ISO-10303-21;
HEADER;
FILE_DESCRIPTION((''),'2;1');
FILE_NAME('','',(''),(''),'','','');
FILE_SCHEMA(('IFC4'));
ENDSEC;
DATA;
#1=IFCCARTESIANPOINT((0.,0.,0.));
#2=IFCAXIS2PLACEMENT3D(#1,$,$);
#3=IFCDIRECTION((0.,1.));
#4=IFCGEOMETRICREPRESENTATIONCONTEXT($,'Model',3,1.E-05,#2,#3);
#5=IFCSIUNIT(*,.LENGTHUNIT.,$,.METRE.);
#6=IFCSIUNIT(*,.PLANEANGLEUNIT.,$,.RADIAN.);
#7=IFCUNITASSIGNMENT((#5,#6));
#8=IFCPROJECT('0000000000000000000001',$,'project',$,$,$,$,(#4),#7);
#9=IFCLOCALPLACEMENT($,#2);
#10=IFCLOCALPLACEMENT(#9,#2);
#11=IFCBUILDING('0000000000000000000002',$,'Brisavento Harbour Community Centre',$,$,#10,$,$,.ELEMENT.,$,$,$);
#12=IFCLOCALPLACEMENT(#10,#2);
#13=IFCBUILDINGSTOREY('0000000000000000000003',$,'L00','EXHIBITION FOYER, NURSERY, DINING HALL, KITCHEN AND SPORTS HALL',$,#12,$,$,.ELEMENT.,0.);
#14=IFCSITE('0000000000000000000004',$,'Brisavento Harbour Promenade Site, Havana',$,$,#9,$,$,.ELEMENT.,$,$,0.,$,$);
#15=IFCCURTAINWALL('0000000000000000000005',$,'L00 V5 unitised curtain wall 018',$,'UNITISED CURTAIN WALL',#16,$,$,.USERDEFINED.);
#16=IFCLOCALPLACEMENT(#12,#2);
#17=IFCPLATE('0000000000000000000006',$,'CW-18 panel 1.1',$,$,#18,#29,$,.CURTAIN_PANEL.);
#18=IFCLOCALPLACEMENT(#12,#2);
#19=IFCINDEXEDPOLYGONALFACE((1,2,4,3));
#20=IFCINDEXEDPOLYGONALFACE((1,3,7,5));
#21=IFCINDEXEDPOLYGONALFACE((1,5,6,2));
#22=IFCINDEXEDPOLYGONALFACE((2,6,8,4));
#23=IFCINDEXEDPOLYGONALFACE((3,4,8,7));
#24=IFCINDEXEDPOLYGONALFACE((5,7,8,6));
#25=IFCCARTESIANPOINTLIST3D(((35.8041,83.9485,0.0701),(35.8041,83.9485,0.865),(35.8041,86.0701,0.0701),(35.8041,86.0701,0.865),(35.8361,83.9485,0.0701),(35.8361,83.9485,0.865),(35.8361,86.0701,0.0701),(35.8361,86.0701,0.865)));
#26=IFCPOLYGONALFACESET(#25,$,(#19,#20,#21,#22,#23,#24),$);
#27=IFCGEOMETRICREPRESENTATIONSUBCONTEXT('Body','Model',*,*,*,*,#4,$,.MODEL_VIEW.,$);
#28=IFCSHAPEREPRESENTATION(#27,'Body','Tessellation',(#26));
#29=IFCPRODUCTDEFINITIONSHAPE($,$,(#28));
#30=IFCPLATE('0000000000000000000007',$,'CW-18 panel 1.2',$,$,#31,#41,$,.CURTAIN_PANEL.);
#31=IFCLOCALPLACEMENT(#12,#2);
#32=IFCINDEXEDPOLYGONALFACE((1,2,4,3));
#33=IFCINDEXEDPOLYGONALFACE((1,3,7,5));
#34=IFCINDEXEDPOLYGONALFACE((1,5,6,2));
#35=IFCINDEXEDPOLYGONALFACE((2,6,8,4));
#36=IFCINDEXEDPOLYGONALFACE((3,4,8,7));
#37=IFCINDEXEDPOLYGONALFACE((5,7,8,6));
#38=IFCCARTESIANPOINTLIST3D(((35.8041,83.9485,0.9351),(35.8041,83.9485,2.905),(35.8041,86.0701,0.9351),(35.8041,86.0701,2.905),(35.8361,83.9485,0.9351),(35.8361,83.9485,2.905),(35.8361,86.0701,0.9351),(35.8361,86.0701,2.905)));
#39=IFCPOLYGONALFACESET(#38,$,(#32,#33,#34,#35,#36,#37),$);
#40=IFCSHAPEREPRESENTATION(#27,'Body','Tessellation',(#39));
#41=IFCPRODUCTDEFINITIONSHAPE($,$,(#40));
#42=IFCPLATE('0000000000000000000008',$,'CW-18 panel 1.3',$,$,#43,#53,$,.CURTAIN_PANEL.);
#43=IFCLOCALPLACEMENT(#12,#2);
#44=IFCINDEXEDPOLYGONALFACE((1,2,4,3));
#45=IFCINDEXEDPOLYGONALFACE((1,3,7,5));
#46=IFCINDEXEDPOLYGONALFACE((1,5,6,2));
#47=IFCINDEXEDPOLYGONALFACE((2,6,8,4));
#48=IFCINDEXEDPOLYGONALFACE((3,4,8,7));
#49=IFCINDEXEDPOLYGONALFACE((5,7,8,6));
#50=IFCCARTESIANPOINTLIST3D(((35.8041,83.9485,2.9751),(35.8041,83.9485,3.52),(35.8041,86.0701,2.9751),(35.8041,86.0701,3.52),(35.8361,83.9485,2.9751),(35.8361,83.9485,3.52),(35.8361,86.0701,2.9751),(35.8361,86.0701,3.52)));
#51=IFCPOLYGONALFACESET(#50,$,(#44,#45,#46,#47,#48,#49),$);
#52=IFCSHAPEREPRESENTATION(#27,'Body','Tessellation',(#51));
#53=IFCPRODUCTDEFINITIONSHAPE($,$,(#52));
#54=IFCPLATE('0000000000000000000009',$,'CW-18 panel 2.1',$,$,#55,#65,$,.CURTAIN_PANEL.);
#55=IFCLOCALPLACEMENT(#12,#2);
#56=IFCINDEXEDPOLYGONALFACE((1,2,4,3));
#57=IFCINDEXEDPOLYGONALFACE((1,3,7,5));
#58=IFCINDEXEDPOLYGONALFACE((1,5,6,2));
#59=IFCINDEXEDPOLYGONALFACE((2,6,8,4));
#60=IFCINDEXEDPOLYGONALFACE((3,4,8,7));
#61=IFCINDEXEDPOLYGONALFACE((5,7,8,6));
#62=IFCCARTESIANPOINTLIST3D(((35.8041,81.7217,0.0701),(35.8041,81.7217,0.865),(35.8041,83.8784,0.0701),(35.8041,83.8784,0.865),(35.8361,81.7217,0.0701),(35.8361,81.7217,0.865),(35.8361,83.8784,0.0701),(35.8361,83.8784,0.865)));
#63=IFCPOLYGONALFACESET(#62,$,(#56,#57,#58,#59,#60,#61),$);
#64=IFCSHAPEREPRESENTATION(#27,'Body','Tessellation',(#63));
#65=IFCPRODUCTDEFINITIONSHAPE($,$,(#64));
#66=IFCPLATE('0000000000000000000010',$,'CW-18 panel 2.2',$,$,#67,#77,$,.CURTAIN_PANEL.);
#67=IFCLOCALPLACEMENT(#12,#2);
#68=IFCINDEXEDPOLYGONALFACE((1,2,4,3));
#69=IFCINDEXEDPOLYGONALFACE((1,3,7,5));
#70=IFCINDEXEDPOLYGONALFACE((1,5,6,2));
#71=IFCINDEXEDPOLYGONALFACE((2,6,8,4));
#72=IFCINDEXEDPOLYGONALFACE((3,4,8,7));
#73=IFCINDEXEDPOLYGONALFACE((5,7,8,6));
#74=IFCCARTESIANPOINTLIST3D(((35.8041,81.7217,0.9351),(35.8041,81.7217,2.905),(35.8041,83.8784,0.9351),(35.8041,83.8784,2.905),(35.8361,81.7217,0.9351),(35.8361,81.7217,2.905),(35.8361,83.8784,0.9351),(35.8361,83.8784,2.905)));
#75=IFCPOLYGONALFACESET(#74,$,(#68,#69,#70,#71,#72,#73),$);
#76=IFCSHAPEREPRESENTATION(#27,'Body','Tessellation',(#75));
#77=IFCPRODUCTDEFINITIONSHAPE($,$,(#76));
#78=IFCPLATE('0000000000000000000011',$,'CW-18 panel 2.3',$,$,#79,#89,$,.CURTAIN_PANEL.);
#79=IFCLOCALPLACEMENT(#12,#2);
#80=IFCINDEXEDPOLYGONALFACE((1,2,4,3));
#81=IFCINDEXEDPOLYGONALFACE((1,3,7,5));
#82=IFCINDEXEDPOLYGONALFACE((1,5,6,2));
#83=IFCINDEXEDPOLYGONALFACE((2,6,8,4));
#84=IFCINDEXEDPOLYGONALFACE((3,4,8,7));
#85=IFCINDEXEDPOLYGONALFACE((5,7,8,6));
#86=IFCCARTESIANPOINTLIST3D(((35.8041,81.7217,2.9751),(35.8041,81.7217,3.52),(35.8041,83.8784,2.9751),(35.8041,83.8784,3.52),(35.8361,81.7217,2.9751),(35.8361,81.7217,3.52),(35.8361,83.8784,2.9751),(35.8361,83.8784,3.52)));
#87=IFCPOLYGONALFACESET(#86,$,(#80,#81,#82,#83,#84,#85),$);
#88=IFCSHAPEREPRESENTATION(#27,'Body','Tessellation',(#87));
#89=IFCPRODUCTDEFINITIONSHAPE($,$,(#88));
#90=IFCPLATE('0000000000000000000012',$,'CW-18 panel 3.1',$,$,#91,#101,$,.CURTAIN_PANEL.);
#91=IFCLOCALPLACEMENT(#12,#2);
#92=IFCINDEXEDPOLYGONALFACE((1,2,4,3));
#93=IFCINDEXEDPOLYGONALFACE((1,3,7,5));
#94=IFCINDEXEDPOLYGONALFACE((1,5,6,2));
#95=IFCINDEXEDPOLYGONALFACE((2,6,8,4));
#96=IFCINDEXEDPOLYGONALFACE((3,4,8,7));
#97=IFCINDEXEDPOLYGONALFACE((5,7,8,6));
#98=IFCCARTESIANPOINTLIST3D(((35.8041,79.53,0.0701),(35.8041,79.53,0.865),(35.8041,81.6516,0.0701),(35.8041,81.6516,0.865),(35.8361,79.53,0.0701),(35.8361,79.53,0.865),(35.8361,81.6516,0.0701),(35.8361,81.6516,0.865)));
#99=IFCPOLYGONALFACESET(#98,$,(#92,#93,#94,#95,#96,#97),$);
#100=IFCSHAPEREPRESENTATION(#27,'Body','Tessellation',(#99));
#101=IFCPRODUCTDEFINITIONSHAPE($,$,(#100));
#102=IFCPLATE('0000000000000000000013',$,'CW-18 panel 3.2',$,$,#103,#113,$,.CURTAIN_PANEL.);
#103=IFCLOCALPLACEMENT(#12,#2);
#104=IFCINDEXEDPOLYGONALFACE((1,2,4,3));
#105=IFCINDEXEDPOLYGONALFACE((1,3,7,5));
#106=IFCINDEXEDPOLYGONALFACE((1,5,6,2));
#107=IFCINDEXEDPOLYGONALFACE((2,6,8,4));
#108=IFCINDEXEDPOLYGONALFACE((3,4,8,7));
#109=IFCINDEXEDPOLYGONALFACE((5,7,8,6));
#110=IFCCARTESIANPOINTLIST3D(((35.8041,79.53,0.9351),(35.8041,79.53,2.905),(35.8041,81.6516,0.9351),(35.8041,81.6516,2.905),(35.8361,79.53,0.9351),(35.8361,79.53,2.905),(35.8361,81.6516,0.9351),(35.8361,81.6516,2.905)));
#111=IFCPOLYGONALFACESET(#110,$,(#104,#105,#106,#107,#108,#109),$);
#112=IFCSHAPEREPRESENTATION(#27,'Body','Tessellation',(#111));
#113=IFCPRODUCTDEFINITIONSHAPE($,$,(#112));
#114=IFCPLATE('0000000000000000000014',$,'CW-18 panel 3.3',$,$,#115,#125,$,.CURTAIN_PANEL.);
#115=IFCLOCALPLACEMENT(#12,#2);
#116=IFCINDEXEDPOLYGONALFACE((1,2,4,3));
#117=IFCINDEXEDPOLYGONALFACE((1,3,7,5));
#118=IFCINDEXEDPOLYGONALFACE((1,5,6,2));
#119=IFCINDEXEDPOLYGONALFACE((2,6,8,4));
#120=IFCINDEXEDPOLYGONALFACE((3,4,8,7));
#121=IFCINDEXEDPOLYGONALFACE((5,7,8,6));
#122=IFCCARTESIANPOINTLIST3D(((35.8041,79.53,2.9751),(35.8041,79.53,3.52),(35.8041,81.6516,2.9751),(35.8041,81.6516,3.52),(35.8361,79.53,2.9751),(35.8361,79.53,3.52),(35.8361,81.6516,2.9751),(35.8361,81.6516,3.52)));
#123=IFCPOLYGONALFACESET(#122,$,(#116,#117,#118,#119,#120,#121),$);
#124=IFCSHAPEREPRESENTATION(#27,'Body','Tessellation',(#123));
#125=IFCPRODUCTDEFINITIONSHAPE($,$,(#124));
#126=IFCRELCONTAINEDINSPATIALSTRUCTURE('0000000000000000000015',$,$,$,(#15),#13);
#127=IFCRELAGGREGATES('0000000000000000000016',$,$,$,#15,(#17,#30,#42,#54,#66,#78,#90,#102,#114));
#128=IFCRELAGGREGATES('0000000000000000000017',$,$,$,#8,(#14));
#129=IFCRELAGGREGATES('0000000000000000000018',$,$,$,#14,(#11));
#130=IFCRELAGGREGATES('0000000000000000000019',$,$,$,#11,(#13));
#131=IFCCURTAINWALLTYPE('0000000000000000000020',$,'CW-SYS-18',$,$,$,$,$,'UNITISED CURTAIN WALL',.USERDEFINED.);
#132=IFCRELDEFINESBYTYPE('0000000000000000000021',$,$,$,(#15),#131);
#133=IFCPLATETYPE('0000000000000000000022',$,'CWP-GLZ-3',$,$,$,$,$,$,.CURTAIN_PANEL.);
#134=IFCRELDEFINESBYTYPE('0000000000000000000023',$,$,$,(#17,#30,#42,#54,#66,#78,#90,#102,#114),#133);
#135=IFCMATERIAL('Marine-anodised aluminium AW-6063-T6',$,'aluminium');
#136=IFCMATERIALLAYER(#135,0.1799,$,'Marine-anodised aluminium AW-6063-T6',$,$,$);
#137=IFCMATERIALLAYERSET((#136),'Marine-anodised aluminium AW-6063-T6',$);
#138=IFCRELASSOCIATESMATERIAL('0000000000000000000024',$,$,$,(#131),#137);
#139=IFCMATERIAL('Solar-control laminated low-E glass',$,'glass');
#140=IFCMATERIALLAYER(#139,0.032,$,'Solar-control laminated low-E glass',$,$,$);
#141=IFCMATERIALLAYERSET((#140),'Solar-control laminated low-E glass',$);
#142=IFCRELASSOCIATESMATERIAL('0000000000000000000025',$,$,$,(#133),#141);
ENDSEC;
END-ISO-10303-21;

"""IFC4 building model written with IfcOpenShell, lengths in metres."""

from ifc_helpers import new_model, si_unit, direction, frame, origin, origin_2d, place, context, subcontext, project, spatial, rectangle, extrude, material, layer, layer_set, type_object, element, aggregate, save


model = new_model("IFC4")

# Units and contexts
model_context = context("Model", 3, precision=1e-05, world=origin(), true_north=direction((0.0, 1.0)))
body_context = subcontext(model_context, "Body", "Model", "MODEL_VIEW")
ifc_project = project(units=[si_unit("LENGTHUNIT", "METRE"), si_unit("PLANEANGLEUNIT", "RADIAN")], contexts=[model_context])

# Site, building, storey
site_placement = place(None, origin())
site = spatial("IfcSite", under=ifc_project, at=site_placement, Name="Brisavento Harbour Promenade Site, Havana", CompositionType="ELEMENT", RefElevation=0.0)
building_placement = place(site_placement, origin())
building = spatial("IfcBuilding", under=site, at=building_placement, Name="Brisavento Harbour Community Centre", CompositionType="ELEMENT")
storey_placement = place(building_placement, origin())
storey = spatial("IfcBuildingStorey", under=building, at=storey_placement, Name="L00", Description="EXHIBITION FOYER, NURSERY, DINING HALL, KITCHEN AND SPORTS HALL", CompositionType="ELEMENT", Elevation=0.0)

# Curtain wall, plates
ifc_material_1 = material(Name="Marine-anodised aluminium AW-6063-T6", Category="aluminium")
ifc_layer_1 = layer(ifc_material_1, 0.1799, Name="Marine-anodised aluminium AW-6063-T6")
ifc_layer_set_1 = layer_set([ifc_layer_1], Name="Marine-anodised aluminium AW-6063-T6")
curtain_wall_type = type_object("IfcCurtainWallType", Name="CW-SYS-18", ElementType="UNITISED CURTAIN WALL", PredefinedType="USERDEFINED", material=ifc_layer_set_1)
curtain_wall_placement = place(storey_placement, origin())
curtain_wall = element("IfcCurtainWall", 1, at=curtain_wall_placement, inside=storey, type_object=curtain_wall_type, Name="L00 V5 unitised curtain wall 018", ObjectType="UNITISED CURTAIN WALL", PredefinedType="USERDEFINED")
ifc_material_2 = material(Name="Solar-control laminated low-E glass", Category="glass")
ifc_layer_2 = layer(ifc_material_2, 0.032, Name="Solar-control laminated low-E glass")
ifc_layer_set_2 = layer_set([ifc_layer_2], Name="Solar-control laminated low-E glass")
plate_type = type_object("IfcPlateType", Name="CWP-GLZ-3", PredefinedType="CURTAIN_PANEL", material=ifc_layer_set_2)
plate_1_placement = place(storey_placement, frame((35.8201, 85.0093, 0.0701), z_axis=(0.0, 0.0, 1.0), x_axis=(0.0, -1.0, 0.0)))
plate_1 = element("IfcPlate", 2, at=plate_1_placement, type_object=plate_type, Name="CW-18 panel 1.1", PredefinedType="CURTAIN_PANEL", context=body_context, shape_type="SweptSolid", body=[
    extrude(rectangle(XDim=2.1216, YDim=0.032, at=origin_2d()), origin(), (0.0, 0.0, 1.0), 0.7949),
])
plate_2_placement = place(storey_placement, frame((35.8201, 85.0093, 0.9351), z_axis=(0.0, 0.0, 1.0), x_axis=(0.0, -1.0, 0.0)))
plate_2 = element("IfcPlate", 3, at=plate_2_placement, type_object=plate_type, Name="CW-18 panel 1.2", PredefinedType="CURTAIN_PANEL", context=body_context, shape_type="SweptSolid", body=[
    extrude(rectangle(XDim=2.1216, YDim=0.032, at=origin_2d()), origin(), (0.0, 0.0, 1.0), 1.97),
])
plate_3_placement = place(storey_placement, frame((35.8201, 85.0093, 2.9751), z_axis=(0.0, 0.0, 1.0), x_axis=(0.0, -1.0, 0.0)))
plate_3 = element("IfcPlate", 4, at=plate_3_placement, type_object=plate_type, Name="CW-18 panel 1.3", PredefinedType="CURTAIN_PANEL", context=body_context, shape_type="SweptSolid", body=[
    extrude(rectangle(XDim=2.1216, YDim=0.032, at=origin_2d()), origin(), (0.0, 0.0, 1.0), 0.5449),
])
plate_4_placement = place(storey_placement, frame((35.8201, 82.8, 0.0701), z_axis=(0.0, 0.0, 1.0), x_axis=(0.0, -1.0, 0.0)))
plate_4 = element("IfcPlate", 5, at=plate_4_placement, type_object=plate_type, Name="CW-18 panel 2.1", PredefinedType="CURTAIN_PANEL", context=body_context, shape_type="SweptSolid", body=[
    extrude(rectangle(XDim=2.1567, YDim=0.032, at=origin_2d()), origin(), (0.0, 0.0, 1.0), 0.7949),
])
plate_5_placement = place(storey_placement, frame((35.8201, 82.8, 0.9351), z_axis=(0.0, 0.0, 1.0), x_axis=(0.0, -1.0, 0.0)))
plate_5 = element("IfcPlate", 6, at=plate_5_placement, type_object=plate_type, Name="CW-18 panel 2.2", PredefinedType="CURTAIN_PANEL", context=body_context, shape_type="SweptSolid", body=[
    extrude(rectangle(XDim=2.1567, YDim=0.032, at=origin_2d()), origin(), (0.0, 0.0, 1.0), 1.97),
])
plate_6_placement = place(storey_placement, frame((35.8201, 82.8, 2.9751), z_axis=(0.0, 0.0, 1.0), x_axis=(0.0, -1.0, 0.0)))
plate_6 = element("IfcPlate", 7, at=plate_6_placement, type_object=plate_type, Name="CW-18 panel 2.3", PredefinedType="CURTAIN_PANEL", context=body_context, shape_type="SweptSolid", body=[
    extrude(rectangle(XDim=2.1567, YDim=0.032, at=origin_2d()), origin(), (0.0, 0.0, 1.0), 0.5449),
])
plate_7_placement = place(storey_placement, frame((35.8201, 80.5908, 0.0701), z_axis=(0.0, 0.0, 1.0), x_axis=(0.0, -1.0, 0.0)))
plate_7 = element("IfcPlate", 8, at=plate_7_placement, type_object=plate_type, Name="CW-18 panel 3.1", PredefinedType="CURTAIN_PANEL", context=body_context, shape_type="SweptSolid", body=[
    extrude(rectangle(XDim=2.1216, YDim=0.032, at=origin_2d()), origin(), (0.0, 0.0, 1.0), 0.7949),
])
plate_8_placement = place(storey_placement, frame((35.8201, 80.5908, 0.9351), z_axis=(0.0, 0.0, 1.0), x_axis=(0.0, -1.0, 0.0)))
plate_8 = element("IfcPlate", 9, at=plate_8_placement, type_object=plate_type, Name="CW-18 panel 3.2", PredefinedType="CURTAIN_PANEL", context=body_context, shape_type="SweptSolid", body=[
    extrude(rectangle(XDim=2.1216, YDim=0.032, at=origin_2d()), origin(), (0.0, 0.0, 1.0), 1.97),
])
plate_9_placement = place(storey_placement, frame((35.8201, 80.5908, 2.9751), z_axis=(0.0, 0.0, 1.0), x_axis=(0.0, -1.0, 0.0)))
plate_9 = element("IfcPlate", 10, at=plate_9_placement, type_object=plate_type, Name="CW-18 panel 3.3", PredefinedType="CURTAIN_PANEL", context=body_context, shape_type="SweptSolid", body=[
    extrude(rectangle(XDim=2.1216, YDim=0.032, at=origin_2d()), origin(), (0.0, 0.0, 1.0), 0.5449),
])
aggregate(curtain_wall, [plate_1, plate_2, plate_3, plate_4, plate_5, plate_6, plate_7, plate_8, plate_9])

save(model, "model.ifc")
